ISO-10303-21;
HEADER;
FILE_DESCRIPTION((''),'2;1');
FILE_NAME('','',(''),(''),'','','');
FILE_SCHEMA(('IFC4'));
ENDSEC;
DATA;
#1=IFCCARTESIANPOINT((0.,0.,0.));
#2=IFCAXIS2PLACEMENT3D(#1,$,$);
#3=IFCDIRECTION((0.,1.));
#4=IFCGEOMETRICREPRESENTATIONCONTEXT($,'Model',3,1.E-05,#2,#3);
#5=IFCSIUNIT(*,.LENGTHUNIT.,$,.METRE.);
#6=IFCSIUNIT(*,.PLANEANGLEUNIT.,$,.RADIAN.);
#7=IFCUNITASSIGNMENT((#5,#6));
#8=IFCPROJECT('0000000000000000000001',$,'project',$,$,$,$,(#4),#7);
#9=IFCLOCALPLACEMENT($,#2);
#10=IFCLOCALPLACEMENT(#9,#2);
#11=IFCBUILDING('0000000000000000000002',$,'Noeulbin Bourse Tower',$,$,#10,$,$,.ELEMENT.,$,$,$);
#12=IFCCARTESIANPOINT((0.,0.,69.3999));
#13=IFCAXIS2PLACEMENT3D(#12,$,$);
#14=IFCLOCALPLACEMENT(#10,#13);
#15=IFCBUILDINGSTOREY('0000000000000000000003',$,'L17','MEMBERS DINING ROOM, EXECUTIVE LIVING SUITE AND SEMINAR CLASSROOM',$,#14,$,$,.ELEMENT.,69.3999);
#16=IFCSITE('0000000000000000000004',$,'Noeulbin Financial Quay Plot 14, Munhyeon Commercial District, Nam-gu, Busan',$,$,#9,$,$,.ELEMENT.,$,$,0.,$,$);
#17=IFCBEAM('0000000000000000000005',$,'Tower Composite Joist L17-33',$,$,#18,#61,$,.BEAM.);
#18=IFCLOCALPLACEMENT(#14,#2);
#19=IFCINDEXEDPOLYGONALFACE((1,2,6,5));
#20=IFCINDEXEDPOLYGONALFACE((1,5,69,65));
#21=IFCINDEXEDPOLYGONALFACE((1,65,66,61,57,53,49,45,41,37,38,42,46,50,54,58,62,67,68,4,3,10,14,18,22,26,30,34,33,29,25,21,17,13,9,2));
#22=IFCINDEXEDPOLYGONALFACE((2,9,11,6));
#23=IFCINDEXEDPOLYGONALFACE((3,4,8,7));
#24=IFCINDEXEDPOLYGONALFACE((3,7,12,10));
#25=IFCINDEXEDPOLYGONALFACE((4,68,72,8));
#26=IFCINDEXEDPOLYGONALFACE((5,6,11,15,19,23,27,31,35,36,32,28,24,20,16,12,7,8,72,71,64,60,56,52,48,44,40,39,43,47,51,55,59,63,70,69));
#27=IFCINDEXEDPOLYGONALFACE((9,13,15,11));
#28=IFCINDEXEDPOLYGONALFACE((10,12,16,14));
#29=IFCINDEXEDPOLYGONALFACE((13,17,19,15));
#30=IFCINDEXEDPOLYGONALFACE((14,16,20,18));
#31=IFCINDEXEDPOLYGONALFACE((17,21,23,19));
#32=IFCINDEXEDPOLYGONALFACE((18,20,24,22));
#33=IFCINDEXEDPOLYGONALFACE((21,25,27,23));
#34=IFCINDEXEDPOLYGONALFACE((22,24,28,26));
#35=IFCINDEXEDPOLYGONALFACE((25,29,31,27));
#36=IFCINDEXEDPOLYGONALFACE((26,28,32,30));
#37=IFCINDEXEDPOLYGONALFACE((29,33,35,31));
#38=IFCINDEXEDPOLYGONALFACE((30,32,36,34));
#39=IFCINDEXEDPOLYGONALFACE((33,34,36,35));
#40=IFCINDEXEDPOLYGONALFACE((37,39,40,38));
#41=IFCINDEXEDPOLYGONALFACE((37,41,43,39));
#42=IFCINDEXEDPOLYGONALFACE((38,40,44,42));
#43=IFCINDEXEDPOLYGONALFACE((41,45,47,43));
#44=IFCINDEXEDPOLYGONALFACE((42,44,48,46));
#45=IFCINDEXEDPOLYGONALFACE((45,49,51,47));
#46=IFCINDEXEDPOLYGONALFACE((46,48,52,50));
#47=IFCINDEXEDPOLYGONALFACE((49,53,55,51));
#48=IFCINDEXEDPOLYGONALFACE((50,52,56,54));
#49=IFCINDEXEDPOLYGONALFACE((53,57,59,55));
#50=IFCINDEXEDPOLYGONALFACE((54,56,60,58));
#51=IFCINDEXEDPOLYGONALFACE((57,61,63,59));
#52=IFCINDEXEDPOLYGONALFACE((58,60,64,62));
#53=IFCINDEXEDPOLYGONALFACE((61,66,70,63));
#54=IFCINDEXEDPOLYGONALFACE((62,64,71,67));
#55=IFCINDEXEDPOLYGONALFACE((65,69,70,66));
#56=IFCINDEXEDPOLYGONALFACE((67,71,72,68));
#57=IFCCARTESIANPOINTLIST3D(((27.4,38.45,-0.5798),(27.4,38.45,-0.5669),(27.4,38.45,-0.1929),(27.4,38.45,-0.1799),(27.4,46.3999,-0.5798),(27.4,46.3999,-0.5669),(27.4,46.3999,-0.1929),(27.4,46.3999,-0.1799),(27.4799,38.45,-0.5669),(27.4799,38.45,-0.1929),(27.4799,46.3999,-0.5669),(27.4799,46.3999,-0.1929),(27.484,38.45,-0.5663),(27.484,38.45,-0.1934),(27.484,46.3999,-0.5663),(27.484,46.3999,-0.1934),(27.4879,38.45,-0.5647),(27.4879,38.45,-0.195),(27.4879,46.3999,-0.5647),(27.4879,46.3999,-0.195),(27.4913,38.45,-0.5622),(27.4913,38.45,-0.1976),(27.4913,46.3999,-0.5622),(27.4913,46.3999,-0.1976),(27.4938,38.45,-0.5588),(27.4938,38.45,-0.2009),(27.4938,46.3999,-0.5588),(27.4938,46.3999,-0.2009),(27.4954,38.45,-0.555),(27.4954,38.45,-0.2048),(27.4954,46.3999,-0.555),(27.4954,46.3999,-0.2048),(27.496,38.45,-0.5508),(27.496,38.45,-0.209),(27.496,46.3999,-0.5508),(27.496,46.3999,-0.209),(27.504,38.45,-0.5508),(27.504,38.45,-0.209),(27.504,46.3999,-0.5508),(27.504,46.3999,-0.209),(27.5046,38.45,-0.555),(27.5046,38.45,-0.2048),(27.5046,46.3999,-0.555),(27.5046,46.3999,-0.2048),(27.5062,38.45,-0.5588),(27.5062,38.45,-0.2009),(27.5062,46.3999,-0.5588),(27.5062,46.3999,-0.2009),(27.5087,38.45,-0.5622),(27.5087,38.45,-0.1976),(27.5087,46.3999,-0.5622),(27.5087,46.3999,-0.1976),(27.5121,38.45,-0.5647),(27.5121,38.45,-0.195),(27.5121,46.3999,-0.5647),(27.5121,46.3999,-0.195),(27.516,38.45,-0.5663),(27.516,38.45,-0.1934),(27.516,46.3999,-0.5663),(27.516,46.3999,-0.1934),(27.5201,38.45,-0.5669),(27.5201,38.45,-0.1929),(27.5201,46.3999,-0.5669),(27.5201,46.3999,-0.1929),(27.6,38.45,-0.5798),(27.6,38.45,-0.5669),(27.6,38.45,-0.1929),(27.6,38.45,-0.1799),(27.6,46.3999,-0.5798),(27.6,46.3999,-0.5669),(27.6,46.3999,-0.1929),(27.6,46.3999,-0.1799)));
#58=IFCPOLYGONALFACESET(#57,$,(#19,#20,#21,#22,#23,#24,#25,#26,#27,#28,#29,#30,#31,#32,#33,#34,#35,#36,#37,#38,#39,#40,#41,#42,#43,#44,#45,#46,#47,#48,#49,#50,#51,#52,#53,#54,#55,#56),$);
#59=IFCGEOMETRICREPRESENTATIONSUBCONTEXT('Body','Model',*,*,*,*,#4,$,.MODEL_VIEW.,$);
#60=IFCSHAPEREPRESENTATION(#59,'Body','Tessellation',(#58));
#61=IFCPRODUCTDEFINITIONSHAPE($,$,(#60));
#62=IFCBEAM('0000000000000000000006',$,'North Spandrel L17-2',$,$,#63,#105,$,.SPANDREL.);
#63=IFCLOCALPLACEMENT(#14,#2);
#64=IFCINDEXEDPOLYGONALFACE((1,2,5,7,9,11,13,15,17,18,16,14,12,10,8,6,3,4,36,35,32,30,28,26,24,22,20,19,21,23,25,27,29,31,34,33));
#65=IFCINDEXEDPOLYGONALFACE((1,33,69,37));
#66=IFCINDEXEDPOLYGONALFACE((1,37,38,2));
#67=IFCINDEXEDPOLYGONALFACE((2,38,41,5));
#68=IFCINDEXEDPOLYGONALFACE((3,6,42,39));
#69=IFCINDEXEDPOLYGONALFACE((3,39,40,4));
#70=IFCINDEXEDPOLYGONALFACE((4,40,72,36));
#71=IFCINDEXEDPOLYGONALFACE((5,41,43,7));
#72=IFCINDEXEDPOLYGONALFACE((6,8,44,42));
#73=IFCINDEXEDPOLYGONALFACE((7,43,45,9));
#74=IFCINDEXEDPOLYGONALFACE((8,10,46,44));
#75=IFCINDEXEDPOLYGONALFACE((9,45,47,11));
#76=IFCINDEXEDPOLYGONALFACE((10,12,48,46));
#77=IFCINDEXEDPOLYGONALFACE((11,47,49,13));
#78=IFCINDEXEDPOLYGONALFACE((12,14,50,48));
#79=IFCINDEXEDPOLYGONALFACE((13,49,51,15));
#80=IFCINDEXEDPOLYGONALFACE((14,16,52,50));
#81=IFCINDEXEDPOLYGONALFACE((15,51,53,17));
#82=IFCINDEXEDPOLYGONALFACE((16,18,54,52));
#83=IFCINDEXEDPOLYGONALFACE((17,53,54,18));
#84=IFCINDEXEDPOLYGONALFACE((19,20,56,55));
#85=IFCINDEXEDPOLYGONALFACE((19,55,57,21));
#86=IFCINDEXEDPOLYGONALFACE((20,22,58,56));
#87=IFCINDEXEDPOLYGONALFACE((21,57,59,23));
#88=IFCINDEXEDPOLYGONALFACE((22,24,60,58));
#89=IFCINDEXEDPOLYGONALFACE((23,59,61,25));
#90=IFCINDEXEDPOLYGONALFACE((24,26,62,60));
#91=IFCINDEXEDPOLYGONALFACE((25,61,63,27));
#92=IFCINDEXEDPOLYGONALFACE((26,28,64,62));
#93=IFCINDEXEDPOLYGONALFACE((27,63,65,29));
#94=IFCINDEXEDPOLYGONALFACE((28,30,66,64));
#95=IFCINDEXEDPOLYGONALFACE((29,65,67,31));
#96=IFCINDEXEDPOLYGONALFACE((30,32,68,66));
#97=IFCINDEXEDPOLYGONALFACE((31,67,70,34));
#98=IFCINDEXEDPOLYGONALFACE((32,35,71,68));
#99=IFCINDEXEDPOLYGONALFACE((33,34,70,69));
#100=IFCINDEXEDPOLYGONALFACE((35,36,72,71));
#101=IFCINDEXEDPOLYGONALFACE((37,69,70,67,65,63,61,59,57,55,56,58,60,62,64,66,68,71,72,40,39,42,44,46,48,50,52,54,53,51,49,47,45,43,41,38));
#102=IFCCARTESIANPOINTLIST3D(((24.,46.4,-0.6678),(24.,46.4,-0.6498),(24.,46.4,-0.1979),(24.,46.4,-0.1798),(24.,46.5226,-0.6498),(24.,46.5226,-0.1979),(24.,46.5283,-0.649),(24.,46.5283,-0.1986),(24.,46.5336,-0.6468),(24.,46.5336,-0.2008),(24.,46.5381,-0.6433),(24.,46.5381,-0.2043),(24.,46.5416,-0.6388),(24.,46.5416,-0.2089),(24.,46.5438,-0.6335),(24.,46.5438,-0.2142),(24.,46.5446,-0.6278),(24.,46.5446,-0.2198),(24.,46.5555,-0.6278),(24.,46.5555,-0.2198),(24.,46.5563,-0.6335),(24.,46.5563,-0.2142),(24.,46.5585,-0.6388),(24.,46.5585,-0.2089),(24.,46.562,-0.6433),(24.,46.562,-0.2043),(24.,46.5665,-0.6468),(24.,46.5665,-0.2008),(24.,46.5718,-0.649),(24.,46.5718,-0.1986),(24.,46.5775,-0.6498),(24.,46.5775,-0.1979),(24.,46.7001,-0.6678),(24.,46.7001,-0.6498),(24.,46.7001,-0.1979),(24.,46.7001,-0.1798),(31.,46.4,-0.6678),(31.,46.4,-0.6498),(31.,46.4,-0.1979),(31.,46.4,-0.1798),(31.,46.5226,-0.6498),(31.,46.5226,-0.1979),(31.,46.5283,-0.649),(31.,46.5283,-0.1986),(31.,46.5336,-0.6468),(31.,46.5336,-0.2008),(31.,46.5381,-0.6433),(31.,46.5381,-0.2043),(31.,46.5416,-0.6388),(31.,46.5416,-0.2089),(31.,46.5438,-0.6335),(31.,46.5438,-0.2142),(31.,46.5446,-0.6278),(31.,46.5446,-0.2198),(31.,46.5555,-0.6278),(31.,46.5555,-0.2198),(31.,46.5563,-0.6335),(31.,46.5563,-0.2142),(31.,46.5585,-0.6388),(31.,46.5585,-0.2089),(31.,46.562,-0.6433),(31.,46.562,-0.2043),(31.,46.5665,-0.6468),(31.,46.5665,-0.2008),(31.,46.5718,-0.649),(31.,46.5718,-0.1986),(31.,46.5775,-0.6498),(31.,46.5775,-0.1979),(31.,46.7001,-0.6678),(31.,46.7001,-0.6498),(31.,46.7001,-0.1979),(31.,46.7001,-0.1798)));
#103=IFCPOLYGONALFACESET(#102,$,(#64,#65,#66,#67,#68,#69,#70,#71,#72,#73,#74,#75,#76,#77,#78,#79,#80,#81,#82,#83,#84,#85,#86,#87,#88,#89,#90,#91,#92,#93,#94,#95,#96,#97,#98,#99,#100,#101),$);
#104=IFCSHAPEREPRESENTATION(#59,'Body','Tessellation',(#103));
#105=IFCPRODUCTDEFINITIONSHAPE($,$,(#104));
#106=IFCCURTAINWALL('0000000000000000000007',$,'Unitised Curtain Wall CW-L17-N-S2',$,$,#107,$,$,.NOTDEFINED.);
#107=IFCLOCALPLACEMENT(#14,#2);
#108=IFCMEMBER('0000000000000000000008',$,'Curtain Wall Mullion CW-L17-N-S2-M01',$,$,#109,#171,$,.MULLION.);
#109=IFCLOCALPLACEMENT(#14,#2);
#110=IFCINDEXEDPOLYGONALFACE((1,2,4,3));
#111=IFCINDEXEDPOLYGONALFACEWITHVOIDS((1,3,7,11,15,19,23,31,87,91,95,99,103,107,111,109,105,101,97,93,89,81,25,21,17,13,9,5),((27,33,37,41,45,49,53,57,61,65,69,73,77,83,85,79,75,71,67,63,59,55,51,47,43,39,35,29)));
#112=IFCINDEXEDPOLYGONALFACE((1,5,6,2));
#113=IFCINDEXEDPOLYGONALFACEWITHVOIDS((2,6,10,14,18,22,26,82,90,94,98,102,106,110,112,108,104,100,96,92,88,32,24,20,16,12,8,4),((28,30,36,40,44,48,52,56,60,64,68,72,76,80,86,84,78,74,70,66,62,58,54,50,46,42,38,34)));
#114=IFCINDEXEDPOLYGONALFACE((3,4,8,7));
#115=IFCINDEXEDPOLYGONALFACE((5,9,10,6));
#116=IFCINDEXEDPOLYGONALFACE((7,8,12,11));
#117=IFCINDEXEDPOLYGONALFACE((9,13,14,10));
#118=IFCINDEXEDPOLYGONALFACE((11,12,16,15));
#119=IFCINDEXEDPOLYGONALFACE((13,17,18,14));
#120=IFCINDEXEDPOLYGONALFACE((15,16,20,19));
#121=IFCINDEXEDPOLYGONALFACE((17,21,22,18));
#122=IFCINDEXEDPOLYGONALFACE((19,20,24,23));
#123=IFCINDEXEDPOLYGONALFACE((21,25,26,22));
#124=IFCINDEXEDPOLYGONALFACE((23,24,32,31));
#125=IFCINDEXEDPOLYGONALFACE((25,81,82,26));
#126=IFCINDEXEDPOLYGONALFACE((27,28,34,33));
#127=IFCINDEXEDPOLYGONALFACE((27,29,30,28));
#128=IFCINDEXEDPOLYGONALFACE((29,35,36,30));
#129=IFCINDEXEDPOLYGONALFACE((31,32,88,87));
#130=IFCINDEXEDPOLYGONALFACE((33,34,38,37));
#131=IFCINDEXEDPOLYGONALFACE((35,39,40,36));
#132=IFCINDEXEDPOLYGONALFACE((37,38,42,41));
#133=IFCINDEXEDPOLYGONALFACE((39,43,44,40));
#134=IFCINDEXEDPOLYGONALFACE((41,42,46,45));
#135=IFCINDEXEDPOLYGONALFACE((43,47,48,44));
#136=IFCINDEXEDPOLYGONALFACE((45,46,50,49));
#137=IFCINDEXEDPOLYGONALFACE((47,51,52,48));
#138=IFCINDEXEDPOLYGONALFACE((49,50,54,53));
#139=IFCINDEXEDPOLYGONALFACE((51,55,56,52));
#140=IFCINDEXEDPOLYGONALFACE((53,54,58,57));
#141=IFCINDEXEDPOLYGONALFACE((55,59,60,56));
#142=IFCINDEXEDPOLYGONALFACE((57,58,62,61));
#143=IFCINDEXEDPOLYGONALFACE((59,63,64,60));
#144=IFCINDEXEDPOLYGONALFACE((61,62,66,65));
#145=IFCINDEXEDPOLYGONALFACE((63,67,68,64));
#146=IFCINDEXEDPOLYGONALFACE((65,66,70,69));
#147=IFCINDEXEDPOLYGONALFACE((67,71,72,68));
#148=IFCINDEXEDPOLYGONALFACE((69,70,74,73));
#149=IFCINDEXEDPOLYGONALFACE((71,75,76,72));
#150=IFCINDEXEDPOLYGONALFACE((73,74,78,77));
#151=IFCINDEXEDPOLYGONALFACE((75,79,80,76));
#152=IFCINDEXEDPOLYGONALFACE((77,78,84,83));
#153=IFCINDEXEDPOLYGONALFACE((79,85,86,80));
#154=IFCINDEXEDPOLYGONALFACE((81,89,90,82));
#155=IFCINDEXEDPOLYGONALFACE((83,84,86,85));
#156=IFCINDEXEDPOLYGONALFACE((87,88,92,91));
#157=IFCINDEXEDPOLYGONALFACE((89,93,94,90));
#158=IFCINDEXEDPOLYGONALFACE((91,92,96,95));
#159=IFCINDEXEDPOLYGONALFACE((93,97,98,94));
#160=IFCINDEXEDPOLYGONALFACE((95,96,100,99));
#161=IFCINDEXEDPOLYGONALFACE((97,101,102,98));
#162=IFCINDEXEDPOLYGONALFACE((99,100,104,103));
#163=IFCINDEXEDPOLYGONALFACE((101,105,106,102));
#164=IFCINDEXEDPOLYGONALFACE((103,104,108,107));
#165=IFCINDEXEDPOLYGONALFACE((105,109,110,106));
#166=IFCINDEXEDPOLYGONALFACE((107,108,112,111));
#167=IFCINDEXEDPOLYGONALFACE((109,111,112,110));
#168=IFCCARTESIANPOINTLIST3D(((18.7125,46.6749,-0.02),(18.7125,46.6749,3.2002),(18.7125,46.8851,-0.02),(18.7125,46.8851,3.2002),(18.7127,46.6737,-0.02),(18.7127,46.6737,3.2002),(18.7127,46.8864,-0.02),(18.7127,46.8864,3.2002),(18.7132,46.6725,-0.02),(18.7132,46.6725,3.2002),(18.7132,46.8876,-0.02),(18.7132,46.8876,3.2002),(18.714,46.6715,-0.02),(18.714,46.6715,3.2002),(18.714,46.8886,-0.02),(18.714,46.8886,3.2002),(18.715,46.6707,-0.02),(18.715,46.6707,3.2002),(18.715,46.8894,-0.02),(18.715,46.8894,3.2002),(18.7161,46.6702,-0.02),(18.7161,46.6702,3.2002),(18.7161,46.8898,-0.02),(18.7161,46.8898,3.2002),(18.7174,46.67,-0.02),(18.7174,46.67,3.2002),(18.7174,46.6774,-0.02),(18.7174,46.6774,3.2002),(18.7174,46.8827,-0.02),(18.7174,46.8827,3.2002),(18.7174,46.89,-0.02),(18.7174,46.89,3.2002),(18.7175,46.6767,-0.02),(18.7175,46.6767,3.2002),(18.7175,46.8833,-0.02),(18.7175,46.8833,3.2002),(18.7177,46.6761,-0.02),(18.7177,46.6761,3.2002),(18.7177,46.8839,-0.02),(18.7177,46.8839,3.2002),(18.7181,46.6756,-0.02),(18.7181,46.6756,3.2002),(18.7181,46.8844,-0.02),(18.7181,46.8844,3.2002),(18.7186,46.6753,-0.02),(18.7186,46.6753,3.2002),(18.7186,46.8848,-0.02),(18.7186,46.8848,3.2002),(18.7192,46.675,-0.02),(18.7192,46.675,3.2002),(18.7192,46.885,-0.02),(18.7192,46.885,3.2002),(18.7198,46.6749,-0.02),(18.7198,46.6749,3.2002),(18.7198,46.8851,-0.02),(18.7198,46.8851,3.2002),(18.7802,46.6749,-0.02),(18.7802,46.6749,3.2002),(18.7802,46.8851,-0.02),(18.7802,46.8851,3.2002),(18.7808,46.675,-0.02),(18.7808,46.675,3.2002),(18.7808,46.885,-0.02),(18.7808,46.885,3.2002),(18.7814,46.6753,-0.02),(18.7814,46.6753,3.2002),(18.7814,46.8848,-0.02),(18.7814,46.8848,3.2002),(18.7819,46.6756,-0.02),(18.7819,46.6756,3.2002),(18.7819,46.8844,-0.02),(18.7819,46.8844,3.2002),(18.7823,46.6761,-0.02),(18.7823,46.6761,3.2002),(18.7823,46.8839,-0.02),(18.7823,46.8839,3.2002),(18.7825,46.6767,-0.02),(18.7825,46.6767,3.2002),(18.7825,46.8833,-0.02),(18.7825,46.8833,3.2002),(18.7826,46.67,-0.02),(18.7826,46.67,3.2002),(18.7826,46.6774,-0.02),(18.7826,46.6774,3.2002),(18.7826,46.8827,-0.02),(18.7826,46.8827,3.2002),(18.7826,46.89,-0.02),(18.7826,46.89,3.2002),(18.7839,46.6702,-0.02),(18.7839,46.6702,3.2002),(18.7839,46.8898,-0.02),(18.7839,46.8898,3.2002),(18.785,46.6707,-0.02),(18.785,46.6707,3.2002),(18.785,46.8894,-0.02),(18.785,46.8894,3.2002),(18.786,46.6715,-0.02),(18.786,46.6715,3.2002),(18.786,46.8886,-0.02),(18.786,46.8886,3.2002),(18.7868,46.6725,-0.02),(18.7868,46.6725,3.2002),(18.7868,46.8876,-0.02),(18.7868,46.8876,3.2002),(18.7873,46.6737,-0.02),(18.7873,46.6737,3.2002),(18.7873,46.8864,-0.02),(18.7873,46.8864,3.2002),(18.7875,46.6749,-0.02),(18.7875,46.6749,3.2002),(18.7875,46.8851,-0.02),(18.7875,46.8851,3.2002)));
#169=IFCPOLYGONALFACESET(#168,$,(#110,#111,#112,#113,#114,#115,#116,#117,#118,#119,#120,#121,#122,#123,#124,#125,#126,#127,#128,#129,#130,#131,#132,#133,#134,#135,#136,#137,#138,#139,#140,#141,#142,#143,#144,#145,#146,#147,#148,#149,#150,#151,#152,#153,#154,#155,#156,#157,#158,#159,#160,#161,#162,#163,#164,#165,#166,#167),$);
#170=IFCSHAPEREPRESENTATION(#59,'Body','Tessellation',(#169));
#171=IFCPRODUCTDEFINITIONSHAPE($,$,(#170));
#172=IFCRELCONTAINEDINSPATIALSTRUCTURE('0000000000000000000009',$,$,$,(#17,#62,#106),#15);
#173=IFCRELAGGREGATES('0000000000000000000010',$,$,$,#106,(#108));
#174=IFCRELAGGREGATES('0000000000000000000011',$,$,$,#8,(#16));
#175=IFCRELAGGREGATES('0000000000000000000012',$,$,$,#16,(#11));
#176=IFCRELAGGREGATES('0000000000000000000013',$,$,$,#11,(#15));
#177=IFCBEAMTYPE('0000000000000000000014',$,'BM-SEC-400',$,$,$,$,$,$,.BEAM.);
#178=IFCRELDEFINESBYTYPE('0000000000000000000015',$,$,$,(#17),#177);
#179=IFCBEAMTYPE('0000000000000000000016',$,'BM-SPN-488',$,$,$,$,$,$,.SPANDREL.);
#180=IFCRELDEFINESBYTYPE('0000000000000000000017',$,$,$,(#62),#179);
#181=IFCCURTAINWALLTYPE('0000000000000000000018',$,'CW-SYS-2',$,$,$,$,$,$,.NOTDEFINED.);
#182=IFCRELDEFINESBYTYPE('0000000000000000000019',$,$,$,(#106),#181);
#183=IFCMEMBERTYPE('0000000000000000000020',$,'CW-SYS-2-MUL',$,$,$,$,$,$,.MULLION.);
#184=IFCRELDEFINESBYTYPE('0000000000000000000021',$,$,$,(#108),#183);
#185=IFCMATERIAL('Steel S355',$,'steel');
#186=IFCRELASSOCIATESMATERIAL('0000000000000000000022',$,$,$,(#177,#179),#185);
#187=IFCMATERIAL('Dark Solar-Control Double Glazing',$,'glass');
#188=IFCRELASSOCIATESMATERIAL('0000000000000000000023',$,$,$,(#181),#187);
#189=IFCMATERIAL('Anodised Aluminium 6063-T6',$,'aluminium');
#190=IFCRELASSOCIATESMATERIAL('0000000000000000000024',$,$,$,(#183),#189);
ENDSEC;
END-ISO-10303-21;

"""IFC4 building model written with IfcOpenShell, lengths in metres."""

from ifc_helpers import new_model, si_unit, direction, frame, origin, origin_2d, place, context, subcontext, project, spatial, hollow_rectangle, i_section, extrude, material, material_profile, profile_set, type_object, element, aggregate, save


model = new_model("IFC4")

# Units and contexts
model_context = context("Model", 3, precision=1e-05, world=origin(), true_north=direction((0.0, 1.0)))
body_context = subcontext(model_context, "Body", "Model", "MODEL_VIEW")
ifc_project = project(units=[si_unit("LENGTHUNIT", "METRE"), si_unit("PLANEANGLEUNIT", "RADIAN")], contexts=[model_context])

# Site, building, storey
site_placement = place(None, origin())
site = spatial("IfcSite", under=ifc_project, at=site_placement, Name="Noeulbin Financial Quay Plot 14, Munhyeon Commercial District, Nam-gu, Busan", CompositionType="ELEMENT", RefElevation=0.0)
building_placement = place(site_placement, origin())
building = spatial("IfcBuilding", under=site, at=building_placement, Name="Noeulbin Bourse Tower", CompositionType="ELEMENT")
storey_placement = place(building_placement, frame((0.0, 0.0, 69.3999)))
storey = spatial("IfcBuildingStorey", under=building, at=storey_placement, Name="L17", Description="MEMBERS DINING ROOM, EXECUTIVE LIVING SUITE AND SEMINAR CLASSROOM", CompositionType="ELEMENT", Elevation=69.3999)

# Beams
ifc_material_1 = material(Name="Steel S355", Category="steel")
ifc_material_profile_1 = material_profile(ifc_material_1, i_section(OverallWidth=0.2, OverallDepth=0.3999, WebThickness=0.0081, FlangeThickness=0.0129, FilletRadius=0.0161, at=origin_2d()), Name="H-400x200x8x13", Category="LoadBearing")
ifc_profile_set_1 = profile_set([ifc_material_profile_1], Name="Steel S355")
beam_type_1 = type_object("IfcBeamType", Name="BM-SEC-400", PredefinedType="BEAM", material=ifc_profile_set_1)
for number, where, z_axis, x_axis, name in (
    (1, (27.5, 38.45, -0.3799), (0.0, 1.0, 0.0), (-1.0, 0.0, 0.0), "Tower Composite Joist L17-33"),
):
    element("IfcBeam", number, at=place(storey_placement, frame(where, z_axis=z_axis, x_axis=x_axis)), inside=storey, type_object=beam_type_1, Name=name, PredefinedType="BEAM", context=body_context, shape_type="SweptSolid", body=[
        extrude(i_section(OverallWidth=0.2, OverallDepth=0.3999, WebThickness=0.0081, FlangeThickness=0.0129, FilletRadius=0.0161, at=origin_2d()), origin(), (0.0, 0.0, 1.0), 7.95),
    ])
ifc_material_profile_2 = material_profile(ifc_material_1, i_section(OverallWidth=0.3, OverallDepth=0.488, WebThickness=0.011, FlangeThickness=0.0181, FilletRadius=0.022, at=origin_2d()), Name="H-488x300x11x18", Category="LoadBearing")
ifc_profile_set_2 = profile_set([ifc_material_profile_2], Name="Steel S355")
beam_type_2 = type_object("IfcBeamType", Name="BM-SPN-488", PredefinedType="SPANDREL", material=ifc_profile_set_2)
beam_1_placement = place(storey_placement, frame((24.0, 46.55, -0.4238), z_axis=(1.0, 0.0, 0.0), x_axis=(0.0, 1.0, 0.0)))
element("IfcBeam", 2, at=beam_1_placement, inside=storey, type_object=beam_type_2, Name="North Spandrel L17-2", PredefinedType="SPANDREL", context=body_context, shape_type="SweptSolid", body=[
    extrude(i_section(OverallWidth=0.3, OverallDepth=0.488, WebThickness=0.011, FlangeThickness=0.0181, FilletRadius=0.022, at=origin_2d()), origin(), (0.0, 0.0, 1.0), 7.0),
])

# Curtain wall, member
ifc_material_2 = material(Name="Dark Solar-Control Double Glazing", Category="glass")
curtain_wall_type = type_object("IfcCurtainWallType", Name="CW-SYS-2", PredefinedType="NOTDEFINED", material=ifc_material_2)
curtain_wall_1_placement = place(storey_placement, origin())
curtain_wall_1 = element("IfcCurtainWall", 3, at=curtain_wall_1_placement, inside=storey, type_object=curtain_wall_type, Name="Unitised Curtain Wall CW-L17-N-S2", PredefinedType="NOTDEFINED")
ifc_material_3 = material(Name="Anodised Aluminium 6063-T6", Category="aluminium")
ifc_material_profile_3 = material_profile(ifc_material_3, hollow_rectangle(XDim=0.075, YDim=0.22, WallThickness=0.0049, InnerFilletRadius=0.0024, OuterFilletRadius=0.0049, at=origin_2d()), Name="ALU-MULL-75x220x5", Category="LoadBearing")
ifc_profile_set_3 = profile_set([ifc_material_profile_3], Name="Anodised Aluminium 6063-T6")
member_type_1 = type_object("IfcMemberType", Name="CW-SYS-2-MUL", PredefinedType="MULLION", material=ifc_profile_set_3)
member_1_placement = place(storey_placement, frame((18.75, 46.78, -0.02), z_axis=(0.0, 0.0, 1.0), x_axis=(1.0, 0.0, 0.0)))
member_1 = element("IfcMember", 4, at=member_1_placement, type_object=member_type_1, Name="Curtain Wall Mullion CW-L17-N-S2-M01", PredefinedType="MULLION", context=body_context, shape_type="SweptSolid", body=[
    extrude(hollow_rectangle(XDim=0.075, YDim=0.22, WallThickness=0.0049, InnerFilletRadius=0.0024, OuterFilletRadius=0.0049, at=origin_2d()), origin(), (0.0, 0.0, 1.0), 3.2202),
])

aggregate(curtain_wall_1, [member_1])

save(model, "model.ifc")
